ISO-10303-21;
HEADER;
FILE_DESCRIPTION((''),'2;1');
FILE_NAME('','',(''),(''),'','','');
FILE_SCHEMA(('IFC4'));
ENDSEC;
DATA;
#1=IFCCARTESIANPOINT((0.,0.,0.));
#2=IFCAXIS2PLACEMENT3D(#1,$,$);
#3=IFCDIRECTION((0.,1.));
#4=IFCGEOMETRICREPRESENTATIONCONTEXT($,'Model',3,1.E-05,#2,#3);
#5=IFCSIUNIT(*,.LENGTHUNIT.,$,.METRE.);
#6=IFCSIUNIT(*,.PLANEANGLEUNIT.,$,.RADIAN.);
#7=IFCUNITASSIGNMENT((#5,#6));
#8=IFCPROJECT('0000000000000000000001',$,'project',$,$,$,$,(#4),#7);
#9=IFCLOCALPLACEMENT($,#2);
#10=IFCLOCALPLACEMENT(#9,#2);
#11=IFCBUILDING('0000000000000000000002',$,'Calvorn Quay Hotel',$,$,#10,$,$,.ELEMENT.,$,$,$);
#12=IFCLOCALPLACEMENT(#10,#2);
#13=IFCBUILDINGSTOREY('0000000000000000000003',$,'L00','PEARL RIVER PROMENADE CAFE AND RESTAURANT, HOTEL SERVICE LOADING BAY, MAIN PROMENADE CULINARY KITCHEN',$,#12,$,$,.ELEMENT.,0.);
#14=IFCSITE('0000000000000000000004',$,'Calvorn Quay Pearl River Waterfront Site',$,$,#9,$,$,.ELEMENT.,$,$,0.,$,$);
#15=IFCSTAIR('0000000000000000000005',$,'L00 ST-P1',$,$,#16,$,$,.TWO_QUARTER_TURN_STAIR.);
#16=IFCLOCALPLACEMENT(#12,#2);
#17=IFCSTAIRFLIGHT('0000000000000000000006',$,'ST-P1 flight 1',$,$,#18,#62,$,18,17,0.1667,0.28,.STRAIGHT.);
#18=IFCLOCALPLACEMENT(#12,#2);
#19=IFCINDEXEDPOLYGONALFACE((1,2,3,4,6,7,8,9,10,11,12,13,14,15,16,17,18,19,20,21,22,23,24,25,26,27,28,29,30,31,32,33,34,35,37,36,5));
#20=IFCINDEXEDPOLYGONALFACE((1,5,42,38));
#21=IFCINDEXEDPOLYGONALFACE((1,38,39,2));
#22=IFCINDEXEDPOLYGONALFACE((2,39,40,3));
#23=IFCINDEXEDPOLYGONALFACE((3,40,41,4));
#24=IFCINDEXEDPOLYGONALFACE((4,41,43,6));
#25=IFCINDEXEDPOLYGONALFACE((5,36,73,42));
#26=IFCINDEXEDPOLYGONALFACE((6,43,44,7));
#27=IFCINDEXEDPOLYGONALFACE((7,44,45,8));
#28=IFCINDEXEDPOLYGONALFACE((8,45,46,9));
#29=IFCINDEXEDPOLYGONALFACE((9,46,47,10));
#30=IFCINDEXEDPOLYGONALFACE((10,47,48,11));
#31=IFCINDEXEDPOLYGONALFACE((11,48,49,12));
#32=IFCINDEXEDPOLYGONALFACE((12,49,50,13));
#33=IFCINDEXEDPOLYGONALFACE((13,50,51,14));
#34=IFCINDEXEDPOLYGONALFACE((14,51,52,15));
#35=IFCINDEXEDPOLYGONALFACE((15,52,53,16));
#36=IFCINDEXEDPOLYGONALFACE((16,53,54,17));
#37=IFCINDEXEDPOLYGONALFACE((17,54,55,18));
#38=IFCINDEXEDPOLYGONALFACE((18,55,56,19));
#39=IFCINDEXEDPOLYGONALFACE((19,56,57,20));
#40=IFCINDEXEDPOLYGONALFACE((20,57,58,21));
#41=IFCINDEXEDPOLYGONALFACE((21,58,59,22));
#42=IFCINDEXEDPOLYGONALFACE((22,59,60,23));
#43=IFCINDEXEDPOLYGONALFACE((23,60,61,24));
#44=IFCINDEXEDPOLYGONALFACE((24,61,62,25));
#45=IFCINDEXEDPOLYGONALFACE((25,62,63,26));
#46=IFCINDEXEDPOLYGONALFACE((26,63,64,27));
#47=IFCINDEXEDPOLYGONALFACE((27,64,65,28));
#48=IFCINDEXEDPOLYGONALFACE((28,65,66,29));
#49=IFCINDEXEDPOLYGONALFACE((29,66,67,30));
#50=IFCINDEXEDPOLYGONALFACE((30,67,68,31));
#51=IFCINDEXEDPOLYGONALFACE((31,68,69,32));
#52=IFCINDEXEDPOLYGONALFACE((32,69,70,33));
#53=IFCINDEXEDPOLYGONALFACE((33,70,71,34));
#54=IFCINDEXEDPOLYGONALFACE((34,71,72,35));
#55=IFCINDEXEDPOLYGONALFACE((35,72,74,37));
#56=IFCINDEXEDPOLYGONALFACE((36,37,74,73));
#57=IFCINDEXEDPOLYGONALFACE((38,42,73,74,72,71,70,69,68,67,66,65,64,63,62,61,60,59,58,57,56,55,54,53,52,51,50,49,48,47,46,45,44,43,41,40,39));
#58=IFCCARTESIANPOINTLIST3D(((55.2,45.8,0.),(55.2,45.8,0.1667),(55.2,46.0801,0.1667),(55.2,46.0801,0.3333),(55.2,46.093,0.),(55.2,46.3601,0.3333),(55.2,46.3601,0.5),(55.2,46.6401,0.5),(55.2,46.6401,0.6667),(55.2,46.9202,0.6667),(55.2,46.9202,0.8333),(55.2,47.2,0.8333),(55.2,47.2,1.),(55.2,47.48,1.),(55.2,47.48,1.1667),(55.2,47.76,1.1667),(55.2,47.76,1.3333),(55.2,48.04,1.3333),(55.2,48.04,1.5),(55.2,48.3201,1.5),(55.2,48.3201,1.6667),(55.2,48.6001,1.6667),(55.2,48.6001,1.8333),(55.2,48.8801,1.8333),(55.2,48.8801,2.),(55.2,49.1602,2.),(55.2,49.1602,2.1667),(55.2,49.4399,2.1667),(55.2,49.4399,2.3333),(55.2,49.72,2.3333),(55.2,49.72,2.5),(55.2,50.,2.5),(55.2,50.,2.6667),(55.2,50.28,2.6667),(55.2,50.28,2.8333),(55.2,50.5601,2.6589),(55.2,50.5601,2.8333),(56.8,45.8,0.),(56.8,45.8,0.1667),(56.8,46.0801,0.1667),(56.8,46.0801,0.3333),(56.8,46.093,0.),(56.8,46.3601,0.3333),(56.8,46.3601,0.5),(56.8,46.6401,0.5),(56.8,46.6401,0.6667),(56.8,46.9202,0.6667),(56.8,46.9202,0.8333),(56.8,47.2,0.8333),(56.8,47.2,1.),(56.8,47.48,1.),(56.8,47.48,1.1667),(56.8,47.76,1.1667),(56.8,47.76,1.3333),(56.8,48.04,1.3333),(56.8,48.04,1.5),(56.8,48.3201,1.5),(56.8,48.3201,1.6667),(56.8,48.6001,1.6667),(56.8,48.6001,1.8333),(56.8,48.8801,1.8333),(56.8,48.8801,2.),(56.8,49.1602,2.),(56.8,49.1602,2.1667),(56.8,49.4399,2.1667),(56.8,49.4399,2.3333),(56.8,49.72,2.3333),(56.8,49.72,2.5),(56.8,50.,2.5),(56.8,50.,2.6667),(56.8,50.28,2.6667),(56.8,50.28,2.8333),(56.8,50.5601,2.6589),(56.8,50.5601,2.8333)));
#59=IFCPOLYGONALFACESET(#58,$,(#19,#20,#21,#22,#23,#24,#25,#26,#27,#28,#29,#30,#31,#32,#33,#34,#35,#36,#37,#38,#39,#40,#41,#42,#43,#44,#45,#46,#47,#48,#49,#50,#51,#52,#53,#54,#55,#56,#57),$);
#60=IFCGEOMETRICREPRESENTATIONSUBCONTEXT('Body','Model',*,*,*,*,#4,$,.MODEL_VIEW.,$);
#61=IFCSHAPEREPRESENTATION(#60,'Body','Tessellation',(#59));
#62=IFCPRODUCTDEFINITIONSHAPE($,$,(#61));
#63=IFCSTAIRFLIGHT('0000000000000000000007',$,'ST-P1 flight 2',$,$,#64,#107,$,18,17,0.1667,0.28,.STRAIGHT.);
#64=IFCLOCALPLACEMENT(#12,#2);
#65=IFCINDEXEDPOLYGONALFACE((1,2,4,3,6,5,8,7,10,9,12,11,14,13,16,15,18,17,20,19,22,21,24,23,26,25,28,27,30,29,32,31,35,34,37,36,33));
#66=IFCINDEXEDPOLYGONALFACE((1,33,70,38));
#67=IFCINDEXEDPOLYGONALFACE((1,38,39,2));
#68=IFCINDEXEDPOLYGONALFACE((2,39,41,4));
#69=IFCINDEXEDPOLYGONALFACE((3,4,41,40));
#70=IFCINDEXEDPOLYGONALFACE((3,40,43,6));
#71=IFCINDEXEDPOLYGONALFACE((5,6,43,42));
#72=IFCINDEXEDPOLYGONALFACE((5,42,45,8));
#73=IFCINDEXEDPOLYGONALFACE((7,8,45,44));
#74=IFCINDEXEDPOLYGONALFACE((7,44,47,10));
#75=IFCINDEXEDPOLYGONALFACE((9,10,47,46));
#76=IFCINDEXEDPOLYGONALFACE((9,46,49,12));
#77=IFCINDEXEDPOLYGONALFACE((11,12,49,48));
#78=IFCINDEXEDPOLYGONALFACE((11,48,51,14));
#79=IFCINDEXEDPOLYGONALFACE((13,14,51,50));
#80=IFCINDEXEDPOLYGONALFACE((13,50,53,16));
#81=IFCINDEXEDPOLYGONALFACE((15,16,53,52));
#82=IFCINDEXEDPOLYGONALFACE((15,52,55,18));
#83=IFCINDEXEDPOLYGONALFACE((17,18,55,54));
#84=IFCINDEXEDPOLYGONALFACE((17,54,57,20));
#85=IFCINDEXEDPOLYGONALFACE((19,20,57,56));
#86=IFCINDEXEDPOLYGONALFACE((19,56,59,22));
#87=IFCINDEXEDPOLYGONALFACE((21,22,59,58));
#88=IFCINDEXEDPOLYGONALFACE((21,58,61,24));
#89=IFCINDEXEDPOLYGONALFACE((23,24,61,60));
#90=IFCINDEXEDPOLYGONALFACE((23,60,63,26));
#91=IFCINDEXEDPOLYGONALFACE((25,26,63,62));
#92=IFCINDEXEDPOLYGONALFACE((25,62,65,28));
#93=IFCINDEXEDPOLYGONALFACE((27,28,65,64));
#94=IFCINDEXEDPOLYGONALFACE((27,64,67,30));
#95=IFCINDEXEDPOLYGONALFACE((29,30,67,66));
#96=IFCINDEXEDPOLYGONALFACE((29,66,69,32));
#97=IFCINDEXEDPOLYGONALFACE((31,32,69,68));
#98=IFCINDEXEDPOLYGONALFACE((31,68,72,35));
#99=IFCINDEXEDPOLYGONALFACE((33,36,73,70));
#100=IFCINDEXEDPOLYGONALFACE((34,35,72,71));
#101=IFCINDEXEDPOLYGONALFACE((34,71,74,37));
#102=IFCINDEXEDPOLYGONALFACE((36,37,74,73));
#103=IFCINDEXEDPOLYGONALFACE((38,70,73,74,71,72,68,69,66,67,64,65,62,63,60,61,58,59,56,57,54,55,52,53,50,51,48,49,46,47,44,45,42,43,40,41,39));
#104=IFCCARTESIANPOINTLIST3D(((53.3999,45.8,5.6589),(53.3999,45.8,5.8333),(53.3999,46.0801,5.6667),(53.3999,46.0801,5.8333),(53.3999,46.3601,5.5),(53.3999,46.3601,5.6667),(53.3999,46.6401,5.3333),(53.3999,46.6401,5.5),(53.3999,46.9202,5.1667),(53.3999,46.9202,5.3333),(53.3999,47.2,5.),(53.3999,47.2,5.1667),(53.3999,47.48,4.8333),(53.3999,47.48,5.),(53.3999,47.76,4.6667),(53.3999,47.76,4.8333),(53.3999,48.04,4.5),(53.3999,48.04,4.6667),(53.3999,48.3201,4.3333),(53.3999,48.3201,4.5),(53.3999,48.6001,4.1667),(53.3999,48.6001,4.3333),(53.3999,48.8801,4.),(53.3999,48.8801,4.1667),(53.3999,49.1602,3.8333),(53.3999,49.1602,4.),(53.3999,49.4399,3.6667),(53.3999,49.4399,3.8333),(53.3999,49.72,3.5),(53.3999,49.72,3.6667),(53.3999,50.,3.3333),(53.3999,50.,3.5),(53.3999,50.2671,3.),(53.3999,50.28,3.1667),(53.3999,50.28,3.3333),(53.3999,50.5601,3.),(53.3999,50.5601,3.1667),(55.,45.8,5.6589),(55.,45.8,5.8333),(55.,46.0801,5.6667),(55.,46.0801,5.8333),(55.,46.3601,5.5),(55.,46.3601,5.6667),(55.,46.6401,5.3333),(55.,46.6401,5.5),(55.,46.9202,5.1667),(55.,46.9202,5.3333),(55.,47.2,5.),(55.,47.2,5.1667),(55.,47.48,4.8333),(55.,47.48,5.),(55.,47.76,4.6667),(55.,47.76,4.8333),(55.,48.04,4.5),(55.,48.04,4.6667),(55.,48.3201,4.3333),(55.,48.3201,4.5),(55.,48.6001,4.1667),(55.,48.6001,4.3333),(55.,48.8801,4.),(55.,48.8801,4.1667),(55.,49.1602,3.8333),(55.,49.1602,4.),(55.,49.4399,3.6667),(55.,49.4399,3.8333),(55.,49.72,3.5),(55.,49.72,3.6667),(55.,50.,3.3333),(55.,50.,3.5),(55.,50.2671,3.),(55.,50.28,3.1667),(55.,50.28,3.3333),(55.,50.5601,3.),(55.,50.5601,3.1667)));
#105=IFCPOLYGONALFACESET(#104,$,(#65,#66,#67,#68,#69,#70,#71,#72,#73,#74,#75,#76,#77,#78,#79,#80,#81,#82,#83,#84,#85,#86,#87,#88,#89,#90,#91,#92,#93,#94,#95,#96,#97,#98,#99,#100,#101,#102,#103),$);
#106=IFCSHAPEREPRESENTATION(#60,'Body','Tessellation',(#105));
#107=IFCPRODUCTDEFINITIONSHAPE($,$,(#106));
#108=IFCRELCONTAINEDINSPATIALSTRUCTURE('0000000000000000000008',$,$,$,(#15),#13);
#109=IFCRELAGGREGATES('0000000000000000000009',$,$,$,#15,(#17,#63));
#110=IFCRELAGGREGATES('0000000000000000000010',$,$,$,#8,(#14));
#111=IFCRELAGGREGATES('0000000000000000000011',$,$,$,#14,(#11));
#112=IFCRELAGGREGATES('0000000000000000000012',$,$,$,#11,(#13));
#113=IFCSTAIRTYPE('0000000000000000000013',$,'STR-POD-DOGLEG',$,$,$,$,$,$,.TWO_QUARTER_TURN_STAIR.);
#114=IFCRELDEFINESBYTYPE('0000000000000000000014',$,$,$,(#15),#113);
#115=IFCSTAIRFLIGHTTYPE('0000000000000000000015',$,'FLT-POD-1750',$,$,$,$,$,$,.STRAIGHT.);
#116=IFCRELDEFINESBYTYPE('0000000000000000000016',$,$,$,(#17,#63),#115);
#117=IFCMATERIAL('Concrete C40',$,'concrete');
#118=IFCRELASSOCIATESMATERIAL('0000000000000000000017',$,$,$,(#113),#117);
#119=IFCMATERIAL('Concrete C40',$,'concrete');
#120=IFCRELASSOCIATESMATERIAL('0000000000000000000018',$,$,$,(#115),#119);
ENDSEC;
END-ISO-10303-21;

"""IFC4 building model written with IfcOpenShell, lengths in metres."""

from ifc_helpers import new_model, si_unit, direction, frame, origin, place, context, subcontext, project, spatial, polyline, outline, extrude, material, type_object, element, aggregate, save


model = new_model("IFC4")

# Units and contexts
model_context = context("Model", 3, precision=1e-05, world=origin(), true_north=direction((0.0, 1.0)))
body_context = subcontext(model_context, "Body", "Model", "MODEL_VIEW")
ifc_project = project(units=[si_unit("LENGTHUNIT", "METRE"), si_unit("PLANEANGLEUNIT", "RADIAN")], contexts=[model_context])

# Site, building, storey
site_placement = place(None, origin())
site = spatial("IfcSite", under=ifc_project, at=site_placement, Name="Calvorn Quay Pearl River Waterfront Site", CompositionType="ELEMENT", RefElevation=0.0)
building_placement = place(site_placement, origin())
building = spatial("IfcBuilding", under=site, at=building_placement, Name="Calvorn Quay Hotel", CompositionType="ELEMENT")
storey_placement = place(building_placement, origin())
storey = spatial("IfcBuildingStorey", under=building, at=storey_placement, Name="L00", Description="PEARL RIVER PROMENADE CAFE AND RESTAURANT, HOTEL SERVICE LOADING BAY, MAIN PROMENADE CULINARY KITCHEN", CompositionType="ELEMENT", Elevation=0.0)

# Stair, stair flights
ifc_material_1 = material(Name="Concrete C40", Category="concrete")
stair_type = type_object("IfcStairType", Name="STR-POD-DOGLEG", PredefinedType="TWO_QUARTER_TURN_STAIR", material=ifc_material_1)
stair_placement = place(storey_placement, origin())
stair = element("IfcStair", 1, at=stair_placement, inside=storey, type_object=stair_type, Name="L00 ST-P1", PredefinedType="TWO_QUARTER_TURN_STAIR")
ifc_material_2 = material(Name="Concrete C40", Category="concrete")
stair_flight_type = type_object("IfcStairFlightType", Name="FLT-POD-1750", PredefinedType="STRAIGHT", material=ifc_material_2)
stair_flight_1_placement = place(storey_placement, frame((56.0, 45.8, 0.0), z_axis=(0.0, 0.0, 1.0), x_axis=(0.0, 1.0, 0.0)))
stair_flight_1 = element("IfcStairFlight", 2, at=stair_flight_1_placement, type_object=stair_flight_type, Name="ST-P1 flight 1", NumberOfRisers=18, NumberOfTreads=17, PredefinedType="STRAIGHT", RiserHeight=0.1667, TreadLength=0.28, context=body_context, shape_type="SweptSolid", body=[
    extrude(outline(polyline([(0.0, 0.0), (0.0, 0.1667), (0.28, 0.1667), (0.28, 0.3333), (0.5601, 0.3333), (0.5601, 0.5), (0.8401, 0.5), (0.8401, 0.6667), (1.1201, 0.6667), (1.1201, 0.8333), (1.3999, 0.8333), (1.3999, 1.0), (1.6799, 1.0), (1.6799, 1.1667), (1.96, 1.1667), (1.96, 1.3333), (2.24, 1.3333), (2.24, 1.5), (2.52, 1.5), (2.52, 1.6667), (2.8, 1.6667), (2.8, 1.8333), (3.0801, 1.8333), (3.0801, 2.0), (3.3601, 2.0), (3.3601, 2.1667), (3.6399, 2.1667), (3.6399, 2.3333), (3.9199, 2.3333), (3.9199, 2.5), (4.2, 2.5), (4.2, 2.6667), (4.48, 2.6667), (4.48, 2.8333), (4.76, 2.8333), (4.76, 3.0), (4.76, 2.6589), (0.293, 0.0), (0.0, 0.0)])), frame((0.0, 0.8, 0.0), z_axis=(0.0, -1.0, 0.0), x_axis=(1.0, 0.0, 0.0)), (0.0, 0.0, 1.0), 1.6001),
])
stair_flight_2_placement = place(storey_placement, frame((54.2, 50.5601, 3.0), z_axis=(0.0, 0.0, 1.0), x_axis=(0.0, -1.0, 0.0)))
stair_flight_2 = element("IfcStairFlight", 3, at=stair_flight_2_placement, type_object=stair_flight_type, Name="ST-P1 flight 2", NumberOfRisers=18, NumberOfTreads=17, PredefinedType="STRAIGHT", RiserHeight=0.1667, TreadLength=0.28, context=body_context, shape_type="SweptSolid", body=[
    extrude(outline(polyline([(0.0, 0.0), (0.0, 0.1667), (0.28, 0.1667), (0.28, 0.3333), (0.5601, 0.3333), (0.5601, 0.5), (0.8401, 0.5), (0.8401, 0.6667), (1.1201, 0.6667), (1.1201, 0.8333), (1.3999, 0.8333), (1.3999, 1.0), (1.6799, 1.0), (1.6799, 1.1667), (1.96, 1.1667), (1.96, 1.3333), (2.24, 1.3333), (2.24, 1.5), (2.52, 1.5), (2.52, 1.6667), (2.8, 1.6667), (2.8, 1.8333), (3.0801, 1.8333), (3.0801, 2.0), (3.3601, 2.0), (3.3601, 2.1667), (3.6399, 2.1667), (3.6399, 2.3333), (3.9199, 2.3333), (3.9199, 2.5), (4.2, 2.5), (4.2, 2.6667), (4.48, 2.6667), (4.48, 2.8333), (4.76, 2.8333), (4.76, 3.0), (4.76, 2.6589), (0.293, 0.0), (0.0, 0.0)])), frame((0.0, 0.8, 0.0), z_axis=(0.0, -1.0, 0.0), x_axis=(1.0, 0.0, 0.0)), (0.0, 0.0, 1.0), 1.6001),
])
aggregate(stair, [stair_flight_1, stair_flight_2])

save(model, "model.ifc")
